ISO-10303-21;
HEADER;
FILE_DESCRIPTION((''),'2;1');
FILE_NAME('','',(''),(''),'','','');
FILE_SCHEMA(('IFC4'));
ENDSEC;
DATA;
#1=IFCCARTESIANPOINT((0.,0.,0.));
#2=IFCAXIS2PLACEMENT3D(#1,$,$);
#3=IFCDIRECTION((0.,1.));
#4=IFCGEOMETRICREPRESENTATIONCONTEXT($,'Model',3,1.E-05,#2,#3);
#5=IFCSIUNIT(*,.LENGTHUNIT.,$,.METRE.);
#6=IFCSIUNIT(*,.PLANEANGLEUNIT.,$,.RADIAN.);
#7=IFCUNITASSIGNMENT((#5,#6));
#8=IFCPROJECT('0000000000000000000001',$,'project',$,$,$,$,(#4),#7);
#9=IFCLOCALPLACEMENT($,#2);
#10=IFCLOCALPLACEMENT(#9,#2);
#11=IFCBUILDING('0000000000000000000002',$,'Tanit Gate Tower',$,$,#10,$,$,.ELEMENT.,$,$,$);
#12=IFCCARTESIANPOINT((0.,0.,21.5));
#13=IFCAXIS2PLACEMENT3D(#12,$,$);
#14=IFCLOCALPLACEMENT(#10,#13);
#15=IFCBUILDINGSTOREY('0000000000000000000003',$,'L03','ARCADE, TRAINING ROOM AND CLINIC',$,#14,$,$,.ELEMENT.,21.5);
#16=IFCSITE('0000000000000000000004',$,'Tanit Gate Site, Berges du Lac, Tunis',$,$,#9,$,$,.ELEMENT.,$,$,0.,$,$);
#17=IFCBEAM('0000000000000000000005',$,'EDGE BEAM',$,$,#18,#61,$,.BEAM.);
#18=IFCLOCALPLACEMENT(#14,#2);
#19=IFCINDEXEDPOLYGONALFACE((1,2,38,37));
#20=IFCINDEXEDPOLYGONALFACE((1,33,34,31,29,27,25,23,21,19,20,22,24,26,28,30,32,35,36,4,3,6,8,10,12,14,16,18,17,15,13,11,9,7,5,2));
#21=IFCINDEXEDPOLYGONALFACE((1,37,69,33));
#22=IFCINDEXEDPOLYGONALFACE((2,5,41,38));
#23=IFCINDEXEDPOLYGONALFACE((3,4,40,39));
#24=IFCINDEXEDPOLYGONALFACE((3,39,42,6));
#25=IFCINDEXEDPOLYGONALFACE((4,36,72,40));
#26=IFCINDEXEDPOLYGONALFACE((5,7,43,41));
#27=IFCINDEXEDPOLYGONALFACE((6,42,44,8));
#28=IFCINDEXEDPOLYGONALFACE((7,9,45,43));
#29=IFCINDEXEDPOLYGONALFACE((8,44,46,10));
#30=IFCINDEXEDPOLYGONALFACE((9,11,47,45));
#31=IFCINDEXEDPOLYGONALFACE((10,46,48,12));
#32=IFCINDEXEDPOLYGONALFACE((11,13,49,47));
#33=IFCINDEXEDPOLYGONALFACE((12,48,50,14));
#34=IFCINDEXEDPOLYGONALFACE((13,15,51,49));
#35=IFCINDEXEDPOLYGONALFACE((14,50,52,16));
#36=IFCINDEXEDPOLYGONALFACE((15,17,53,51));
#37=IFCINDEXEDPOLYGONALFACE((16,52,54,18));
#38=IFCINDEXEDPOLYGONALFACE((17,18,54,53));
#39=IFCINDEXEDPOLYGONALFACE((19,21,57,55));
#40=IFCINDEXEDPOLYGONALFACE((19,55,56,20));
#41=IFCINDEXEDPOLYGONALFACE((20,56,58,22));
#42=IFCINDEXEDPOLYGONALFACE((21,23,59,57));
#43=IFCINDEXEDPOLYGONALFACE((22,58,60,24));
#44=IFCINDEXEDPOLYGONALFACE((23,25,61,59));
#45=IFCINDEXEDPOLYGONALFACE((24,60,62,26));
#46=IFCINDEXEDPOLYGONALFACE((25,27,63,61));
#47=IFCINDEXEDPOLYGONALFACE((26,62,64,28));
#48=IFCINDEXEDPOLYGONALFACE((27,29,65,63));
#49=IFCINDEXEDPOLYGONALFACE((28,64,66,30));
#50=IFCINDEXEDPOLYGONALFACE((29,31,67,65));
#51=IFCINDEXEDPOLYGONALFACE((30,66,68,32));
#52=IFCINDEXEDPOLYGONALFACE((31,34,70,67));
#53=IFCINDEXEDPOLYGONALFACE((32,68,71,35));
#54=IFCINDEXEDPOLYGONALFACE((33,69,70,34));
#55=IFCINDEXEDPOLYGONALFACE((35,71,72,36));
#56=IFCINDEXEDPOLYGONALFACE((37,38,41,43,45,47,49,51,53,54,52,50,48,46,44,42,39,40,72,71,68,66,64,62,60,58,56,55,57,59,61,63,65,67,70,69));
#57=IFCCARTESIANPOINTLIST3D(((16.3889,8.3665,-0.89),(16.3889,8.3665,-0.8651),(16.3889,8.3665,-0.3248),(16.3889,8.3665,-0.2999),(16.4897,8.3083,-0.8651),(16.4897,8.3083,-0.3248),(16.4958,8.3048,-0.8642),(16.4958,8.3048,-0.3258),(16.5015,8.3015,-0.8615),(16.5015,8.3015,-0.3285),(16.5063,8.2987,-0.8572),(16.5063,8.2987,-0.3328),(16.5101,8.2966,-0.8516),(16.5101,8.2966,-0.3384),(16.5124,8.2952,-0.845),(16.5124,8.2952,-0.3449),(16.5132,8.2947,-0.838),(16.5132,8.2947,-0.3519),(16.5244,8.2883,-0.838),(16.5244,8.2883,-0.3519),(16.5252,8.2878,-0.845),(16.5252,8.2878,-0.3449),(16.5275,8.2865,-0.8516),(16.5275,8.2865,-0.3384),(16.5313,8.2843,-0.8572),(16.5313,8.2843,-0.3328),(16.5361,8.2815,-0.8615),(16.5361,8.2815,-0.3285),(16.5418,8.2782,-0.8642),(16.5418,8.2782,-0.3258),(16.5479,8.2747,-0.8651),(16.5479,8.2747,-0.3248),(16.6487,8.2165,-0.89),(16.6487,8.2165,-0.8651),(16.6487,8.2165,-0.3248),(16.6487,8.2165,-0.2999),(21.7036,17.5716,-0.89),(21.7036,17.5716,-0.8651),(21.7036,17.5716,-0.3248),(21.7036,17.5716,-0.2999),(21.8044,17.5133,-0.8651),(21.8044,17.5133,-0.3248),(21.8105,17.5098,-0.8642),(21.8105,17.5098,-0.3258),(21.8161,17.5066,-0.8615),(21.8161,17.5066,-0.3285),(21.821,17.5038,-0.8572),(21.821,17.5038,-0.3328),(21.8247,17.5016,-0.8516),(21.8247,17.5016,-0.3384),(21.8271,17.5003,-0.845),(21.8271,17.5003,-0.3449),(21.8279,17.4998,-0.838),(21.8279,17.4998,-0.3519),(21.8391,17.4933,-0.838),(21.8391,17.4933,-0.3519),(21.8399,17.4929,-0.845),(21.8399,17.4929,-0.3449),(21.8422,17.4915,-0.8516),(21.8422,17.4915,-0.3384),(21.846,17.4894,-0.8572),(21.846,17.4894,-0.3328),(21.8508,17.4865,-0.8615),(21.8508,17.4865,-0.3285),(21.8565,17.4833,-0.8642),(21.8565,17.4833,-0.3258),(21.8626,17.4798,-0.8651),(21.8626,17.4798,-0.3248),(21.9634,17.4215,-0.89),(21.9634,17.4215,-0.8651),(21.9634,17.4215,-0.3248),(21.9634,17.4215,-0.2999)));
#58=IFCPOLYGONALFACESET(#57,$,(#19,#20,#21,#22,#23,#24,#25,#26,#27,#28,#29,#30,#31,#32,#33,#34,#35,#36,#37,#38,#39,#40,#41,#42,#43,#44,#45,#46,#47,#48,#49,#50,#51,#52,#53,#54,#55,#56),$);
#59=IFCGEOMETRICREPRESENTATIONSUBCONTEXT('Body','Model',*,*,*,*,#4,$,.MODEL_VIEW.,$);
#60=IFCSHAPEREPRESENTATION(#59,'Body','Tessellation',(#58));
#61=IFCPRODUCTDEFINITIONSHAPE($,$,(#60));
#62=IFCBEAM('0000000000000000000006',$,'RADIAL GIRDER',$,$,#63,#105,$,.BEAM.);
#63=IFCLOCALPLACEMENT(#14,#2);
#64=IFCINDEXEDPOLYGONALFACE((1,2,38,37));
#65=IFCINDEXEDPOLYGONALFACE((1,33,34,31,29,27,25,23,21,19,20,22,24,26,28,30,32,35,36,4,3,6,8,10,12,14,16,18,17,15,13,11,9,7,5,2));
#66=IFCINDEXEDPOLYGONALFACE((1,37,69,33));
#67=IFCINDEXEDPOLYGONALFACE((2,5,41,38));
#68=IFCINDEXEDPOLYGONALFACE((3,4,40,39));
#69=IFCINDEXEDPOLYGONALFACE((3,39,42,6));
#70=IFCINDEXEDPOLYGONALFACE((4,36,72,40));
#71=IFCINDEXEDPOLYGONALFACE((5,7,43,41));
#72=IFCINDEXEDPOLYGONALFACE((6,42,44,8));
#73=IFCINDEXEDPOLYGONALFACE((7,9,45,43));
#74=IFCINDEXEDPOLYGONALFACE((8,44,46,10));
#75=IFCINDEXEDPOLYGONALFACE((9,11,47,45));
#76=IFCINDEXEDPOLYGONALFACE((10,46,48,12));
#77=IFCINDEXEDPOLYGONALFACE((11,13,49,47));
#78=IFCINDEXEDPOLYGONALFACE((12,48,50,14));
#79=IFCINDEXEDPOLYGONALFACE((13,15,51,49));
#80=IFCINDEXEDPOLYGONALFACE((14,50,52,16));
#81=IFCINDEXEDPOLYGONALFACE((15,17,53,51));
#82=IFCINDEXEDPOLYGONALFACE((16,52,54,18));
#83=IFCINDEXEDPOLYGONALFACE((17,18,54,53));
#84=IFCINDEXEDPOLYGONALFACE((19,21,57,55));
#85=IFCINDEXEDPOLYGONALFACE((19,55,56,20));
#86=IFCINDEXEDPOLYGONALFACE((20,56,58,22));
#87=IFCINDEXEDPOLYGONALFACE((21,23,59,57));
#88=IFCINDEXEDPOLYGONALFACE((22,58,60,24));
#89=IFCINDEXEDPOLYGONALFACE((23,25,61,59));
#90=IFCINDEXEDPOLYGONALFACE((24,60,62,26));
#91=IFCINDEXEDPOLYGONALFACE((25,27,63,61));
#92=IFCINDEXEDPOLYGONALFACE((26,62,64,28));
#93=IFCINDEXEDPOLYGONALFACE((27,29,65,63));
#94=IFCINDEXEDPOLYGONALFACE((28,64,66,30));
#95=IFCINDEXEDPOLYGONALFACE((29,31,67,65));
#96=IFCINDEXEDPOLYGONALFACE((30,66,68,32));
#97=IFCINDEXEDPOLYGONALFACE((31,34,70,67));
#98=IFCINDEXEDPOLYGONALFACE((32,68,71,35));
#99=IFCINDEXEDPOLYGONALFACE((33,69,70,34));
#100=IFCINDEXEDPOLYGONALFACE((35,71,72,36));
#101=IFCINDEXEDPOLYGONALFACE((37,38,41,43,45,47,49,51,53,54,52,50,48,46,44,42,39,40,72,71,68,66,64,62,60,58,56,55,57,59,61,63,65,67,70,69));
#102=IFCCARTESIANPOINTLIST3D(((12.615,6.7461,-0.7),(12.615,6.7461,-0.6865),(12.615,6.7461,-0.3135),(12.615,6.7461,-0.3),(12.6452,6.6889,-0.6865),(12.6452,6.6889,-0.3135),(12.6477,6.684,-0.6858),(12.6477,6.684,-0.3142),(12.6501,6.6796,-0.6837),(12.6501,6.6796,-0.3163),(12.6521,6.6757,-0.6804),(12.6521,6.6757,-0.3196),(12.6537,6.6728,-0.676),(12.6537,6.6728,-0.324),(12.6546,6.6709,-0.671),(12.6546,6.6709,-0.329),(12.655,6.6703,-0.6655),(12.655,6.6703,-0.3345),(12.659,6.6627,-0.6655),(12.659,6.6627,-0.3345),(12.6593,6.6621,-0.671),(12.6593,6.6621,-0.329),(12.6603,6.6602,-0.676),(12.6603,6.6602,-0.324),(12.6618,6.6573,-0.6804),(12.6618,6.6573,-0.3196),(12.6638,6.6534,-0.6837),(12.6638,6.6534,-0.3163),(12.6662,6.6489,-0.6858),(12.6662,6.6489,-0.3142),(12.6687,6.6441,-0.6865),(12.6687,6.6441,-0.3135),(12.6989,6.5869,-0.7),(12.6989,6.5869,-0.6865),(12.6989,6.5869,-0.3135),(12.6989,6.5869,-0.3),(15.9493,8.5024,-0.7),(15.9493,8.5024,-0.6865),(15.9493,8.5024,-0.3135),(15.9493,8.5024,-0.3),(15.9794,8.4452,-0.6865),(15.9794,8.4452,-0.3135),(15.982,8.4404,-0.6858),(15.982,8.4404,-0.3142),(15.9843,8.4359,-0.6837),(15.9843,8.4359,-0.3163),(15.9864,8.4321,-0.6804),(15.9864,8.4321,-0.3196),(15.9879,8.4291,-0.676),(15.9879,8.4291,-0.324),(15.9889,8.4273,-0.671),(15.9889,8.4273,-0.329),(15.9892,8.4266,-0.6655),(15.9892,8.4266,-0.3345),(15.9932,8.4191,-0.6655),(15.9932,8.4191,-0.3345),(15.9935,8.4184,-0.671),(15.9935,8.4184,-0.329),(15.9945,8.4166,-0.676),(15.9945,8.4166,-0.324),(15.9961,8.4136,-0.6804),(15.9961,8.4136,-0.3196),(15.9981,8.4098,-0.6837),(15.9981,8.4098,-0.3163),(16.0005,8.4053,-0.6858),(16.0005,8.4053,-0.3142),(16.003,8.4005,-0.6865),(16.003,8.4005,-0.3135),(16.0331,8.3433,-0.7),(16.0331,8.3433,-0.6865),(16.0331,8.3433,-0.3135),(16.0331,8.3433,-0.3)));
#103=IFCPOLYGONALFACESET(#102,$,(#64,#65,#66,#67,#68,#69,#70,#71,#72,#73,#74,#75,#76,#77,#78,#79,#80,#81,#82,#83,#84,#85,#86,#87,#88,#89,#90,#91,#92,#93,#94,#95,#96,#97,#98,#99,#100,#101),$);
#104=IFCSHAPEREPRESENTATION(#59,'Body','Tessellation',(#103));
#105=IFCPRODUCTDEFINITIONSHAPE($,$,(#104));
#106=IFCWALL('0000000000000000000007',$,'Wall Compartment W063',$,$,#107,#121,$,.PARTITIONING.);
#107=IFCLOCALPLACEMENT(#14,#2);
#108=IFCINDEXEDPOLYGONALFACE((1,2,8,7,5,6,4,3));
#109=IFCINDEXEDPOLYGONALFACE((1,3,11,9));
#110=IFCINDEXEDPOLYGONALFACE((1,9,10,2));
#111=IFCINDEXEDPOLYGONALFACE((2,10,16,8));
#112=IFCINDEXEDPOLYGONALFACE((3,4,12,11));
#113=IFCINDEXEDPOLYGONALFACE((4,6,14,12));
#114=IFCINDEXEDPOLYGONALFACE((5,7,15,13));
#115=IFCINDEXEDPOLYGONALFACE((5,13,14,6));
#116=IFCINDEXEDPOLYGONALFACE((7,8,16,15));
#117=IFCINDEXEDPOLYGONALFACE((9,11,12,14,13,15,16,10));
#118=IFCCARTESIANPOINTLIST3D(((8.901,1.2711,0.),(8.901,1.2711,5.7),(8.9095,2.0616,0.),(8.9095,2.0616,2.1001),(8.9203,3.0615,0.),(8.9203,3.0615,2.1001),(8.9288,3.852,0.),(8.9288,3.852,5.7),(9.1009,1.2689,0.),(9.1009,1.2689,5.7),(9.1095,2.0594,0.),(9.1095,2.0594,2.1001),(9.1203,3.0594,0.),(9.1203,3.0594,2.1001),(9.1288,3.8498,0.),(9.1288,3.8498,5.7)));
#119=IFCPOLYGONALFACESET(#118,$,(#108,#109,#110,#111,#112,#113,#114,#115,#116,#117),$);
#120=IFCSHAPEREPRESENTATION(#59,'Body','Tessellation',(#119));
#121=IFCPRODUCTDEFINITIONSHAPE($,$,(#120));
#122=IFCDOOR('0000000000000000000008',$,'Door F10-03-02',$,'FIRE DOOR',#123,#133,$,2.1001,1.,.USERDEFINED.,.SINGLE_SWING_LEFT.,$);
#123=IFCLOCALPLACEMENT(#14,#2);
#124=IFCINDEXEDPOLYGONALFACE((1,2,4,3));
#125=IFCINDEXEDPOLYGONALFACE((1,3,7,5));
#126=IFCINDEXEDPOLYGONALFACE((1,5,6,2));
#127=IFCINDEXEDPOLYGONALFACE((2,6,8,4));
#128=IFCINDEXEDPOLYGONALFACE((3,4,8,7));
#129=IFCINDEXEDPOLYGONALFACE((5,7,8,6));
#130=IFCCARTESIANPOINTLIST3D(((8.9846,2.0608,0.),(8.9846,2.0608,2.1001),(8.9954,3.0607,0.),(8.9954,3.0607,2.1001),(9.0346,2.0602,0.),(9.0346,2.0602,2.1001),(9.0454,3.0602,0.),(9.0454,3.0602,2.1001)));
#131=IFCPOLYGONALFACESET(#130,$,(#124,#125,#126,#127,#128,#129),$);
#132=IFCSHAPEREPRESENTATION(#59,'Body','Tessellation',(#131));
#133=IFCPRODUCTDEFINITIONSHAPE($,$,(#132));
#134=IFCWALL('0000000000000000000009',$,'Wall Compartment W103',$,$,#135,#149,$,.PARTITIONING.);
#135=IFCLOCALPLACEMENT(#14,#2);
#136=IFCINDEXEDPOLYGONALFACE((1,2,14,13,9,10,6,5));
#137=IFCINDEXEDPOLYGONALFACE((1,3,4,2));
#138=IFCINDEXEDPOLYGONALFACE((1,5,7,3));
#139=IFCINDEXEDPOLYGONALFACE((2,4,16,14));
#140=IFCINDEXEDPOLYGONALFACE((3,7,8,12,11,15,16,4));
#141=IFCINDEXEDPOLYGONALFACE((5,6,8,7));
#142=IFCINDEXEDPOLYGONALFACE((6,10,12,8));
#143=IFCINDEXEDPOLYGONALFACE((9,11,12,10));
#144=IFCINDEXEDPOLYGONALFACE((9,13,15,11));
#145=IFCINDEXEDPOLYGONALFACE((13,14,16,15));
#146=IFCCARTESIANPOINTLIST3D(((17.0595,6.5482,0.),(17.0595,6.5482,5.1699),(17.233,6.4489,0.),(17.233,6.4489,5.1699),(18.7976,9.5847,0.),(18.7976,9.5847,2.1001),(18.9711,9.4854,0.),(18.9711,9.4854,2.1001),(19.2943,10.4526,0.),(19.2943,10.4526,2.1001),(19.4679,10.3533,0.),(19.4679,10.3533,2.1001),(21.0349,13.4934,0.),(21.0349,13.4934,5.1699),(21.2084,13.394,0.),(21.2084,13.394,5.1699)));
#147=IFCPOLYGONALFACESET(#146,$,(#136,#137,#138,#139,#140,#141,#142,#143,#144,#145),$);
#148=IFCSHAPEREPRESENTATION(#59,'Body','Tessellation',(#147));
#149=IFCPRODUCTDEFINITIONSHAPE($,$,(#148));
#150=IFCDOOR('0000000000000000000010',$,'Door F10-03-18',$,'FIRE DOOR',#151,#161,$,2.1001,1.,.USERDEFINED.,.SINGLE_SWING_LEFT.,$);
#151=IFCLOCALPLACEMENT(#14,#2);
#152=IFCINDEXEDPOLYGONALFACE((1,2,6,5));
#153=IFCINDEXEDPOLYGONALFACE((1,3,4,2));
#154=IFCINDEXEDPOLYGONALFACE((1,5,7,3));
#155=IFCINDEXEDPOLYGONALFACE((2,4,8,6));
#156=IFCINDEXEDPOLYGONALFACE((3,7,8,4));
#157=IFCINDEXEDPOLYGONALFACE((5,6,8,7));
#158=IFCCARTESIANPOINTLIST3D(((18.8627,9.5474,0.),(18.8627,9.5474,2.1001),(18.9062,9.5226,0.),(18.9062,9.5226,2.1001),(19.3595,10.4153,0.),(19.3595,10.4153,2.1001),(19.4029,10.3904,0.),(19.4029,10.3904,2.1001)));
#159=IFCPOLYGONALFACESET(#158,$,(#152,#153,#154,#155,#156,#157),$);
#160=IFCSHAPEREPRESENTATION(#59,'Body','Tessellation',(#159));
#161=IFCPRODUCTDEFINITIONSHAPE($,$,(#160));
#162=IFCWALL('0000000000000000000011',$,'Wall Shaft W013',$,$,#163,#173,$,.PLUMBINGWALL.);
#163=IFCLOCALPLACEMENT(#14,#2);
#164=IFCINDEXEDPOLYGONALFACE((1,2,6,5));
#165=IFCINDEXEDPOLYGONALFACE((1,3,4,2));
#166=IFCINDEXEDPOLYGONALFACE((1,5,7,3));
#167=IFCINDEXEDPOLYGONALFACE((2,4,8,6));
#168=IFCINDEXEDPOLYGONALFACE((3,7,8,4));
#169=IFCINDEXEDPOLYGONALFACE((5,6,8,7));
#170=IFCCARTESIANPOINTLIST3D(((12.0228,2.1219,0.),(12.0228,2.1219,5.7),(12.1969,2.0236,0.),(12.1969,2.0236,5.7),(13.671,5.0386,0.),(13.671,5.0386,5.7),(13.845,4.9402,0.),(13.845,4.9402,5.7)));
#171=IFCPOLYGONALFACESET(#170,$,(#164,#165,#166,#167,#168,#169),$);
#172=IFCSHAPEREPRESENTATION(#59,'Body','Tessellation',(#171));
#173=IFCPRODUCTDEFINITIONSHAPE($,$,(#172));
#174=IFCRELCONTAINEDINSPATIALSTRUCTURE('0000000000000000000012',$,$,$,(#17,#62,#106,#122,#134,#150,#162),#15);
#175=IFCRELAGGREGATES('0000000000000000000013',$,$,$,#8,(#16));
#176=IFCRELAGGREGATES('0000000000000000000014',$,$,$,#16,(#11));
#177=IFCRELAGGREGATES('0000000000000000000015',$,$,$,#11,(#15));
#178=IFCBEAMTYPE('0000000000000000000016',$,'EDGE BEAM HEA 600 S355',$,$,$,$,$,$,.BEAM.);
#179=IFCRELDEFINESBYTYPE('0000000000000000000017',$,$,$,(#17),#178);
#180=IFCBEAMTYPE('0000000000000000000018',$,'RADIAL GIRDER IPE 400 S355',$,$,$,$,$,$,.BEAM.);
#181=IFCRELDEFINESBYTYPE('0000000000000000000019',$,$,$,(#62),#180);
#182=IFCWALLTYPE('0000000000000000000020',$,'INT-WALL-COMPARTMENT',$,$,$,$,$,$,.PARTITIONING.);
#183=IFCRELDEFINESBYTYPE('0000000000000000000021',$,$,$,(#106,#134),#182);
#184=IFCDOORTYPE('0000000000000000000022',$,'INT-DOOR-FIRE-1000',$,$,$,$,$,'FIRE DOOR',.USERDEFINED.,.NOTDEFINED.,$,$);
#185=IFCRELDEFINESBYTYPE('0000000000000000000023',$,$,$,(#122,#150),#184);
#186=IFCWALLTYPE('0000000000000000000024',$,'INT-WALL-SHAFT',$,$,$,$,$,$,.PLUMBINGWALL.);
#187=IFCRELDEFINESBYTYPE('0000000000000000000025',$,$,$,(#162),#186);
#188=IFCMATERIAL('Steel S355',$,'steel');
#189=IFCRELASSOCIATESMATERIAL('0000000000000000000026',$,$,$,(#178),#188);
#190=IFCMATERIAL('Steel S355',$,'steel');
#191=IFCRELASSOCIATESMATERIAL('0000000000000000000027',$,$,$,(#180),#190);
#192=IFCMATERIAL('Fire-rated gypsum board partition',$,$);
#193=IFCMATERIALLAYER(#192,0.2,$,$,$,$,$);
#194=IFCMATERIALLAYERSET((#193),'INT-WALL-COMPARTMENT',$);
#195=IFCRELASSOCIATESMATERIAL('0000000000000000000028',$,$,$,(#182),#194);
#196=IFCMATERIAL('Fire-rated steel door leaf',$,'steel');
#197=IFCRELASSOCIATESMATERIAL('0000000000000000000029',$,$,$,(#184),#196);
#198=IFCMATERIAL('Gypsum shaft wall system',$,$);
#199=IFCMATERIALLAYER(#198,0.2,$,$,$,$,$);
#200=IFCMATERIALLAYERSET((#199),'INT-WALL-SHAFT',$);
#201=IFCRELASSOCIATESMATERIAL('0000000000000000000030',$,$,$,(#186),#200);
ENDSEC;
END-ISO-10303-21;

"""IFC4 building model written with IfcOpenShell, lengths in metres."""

from ifc_helpers import new_model, si_unit, direction, frame, frame_2d, origin, origin_2d, place, context, subcontext, project, spatial, rectangle, i_section, extrude, material, layer, layer_set, material_profile, profile_set, type_object, element, fill, save


model = new_model("IFC4")

# Units and contexts
model_context = context("Model", 3, precision=1e-05, world=origin(), true_north=direction((0.0, 1.0)))
body_context = subcontext(model_context, "Body", "Model", "MODEL_VIEW")
ifc_project = project(units=[si_unit("LENGTHUNIT", "METRE"), si_unit("PLANEANGLEUNIT", "RADIAN")], contexts=[model_context])

# Site, building, storey
site_placement = place(None, origin())
site = spatial("IfcSite", under=ifc_project, at=site_placement, Name="Tanit Gate Site, Berges du Lac, Tunis", CompositionType="ELEMENT", RefElevation=0.0)
building_placement = place(site_placement, origin())
building = spatial("IfcBuilding", under=site, at=building_placement, Name="Tanit Gate Tower", CompositionType="ELEMENT")
storey_placement = place(building_placement, frame((0.0, 0.0, 21.5)))
storey = spatial("IfcBuildingStorey", under=building, at=storey_placement, Name="L03", Description="ARCADE, TRAINING ROOM AND CLINIC", CompositionType="ELEMENT", Elevation=21.5)

# Beams
ifc_material_1 = material(Name="Steel S355", Category="steel")
ifc_material_profile_1 = material_profile(ifc_material_1, i_section(OverallWidth=0.3, OverallDepth=0.5901, WebThickness=0.0129, FlangeThickness=0.0249, FilletRadius=0.0271, at=origin_2d()), Name="HEA 600")
ifc_profile_set_1 = profile_set([ifc_material_profile_1], Name="Steel S355")
beam_type_1 = type_object("IfcBeamType", Name="EDGE BEAM HEA 600 S355", PredefinedType="BEAM", material=ifc_profile_set_1)
beam_1_placement = place(storey_placement, frame((16.5188, 8.2915, -0.595), z_axis=(0.50001, 0.86602, 0.0), x_axis=(-0.86602, 0.50001, 0.0)))
element("IfcBeam", 1, at=beam_1_placement, inside=storey, type_object=beam_type_1, Name="EDGE BEAM", PredefinedType="BEAM", context=body_context, shape_type="SweptSolid", body=[
    extrude(i_section(OverallWidth=0.3, OverallDepth=0.5901, WebThickness=0.0129, FlangeThickness=0.0249, FilletRadius=0.0271, at=origin_2d()), origin(), (0.0, 0.0, 1.0), 10.6292),
])
ifc_material_2 = material(Name="Steel S355", Category="steel")
ifc_material_profile_2 = material_profile(ifc_material_2, i_section(OverallWidth=0.1799, OverallDepth=0.3999, WebThickness=0.0085, FlangeThickness=0.0134, FilletRadius=0.021, at=origin_2d()), Name="IPE 400")
ifc_profile_set_2 = profile_set([ifc_material_profile_2], Name="Steel S355")
beam_type_2 = type_object("IfcBeamType", Name="RADIAL GIRDER IPE 400 S355", PredefinedType="BEAM", material=ifc_profile_set_2)
beam_2_placement = place(storey_placement, frame((15.9912, 8.4229, -0.5), z_axis=(-0.884755, -0.466056, 0.0), x_axis=(0.466056, -0.884755, 0.0)))
element("IfcBeam", 2, at=beam_2_placement, inside=storey, type_object=beam_type_2, Name="RADIAL GIRDER", PredefinedType="BEAM", context=body_context, shape_type="SweptSolid", body=[
    extrude(i_section(OverallWidth=0.1799, OverallDepth=0.3999, WebThickness=0.0085, FlangeThickness=0.0134, FilletRadius=0.021, at=origin_2d()), origin(), (0.0, 0.0, 1.0), 3.7686),
])

# Walls, openings, doors
ifc_material_3 = material(Name="Fire-rated gypsum board partition")
ifc_layer_1 = layer(ifc_material_3, 0.2)
ifc_layer_set_1 = layer_set([ifc_layer_1], Name="INT-WALL-COMPARTMENT")
wall_type_1 = type_object("IfcWallType", Name="INT-WALL-COMPARTMENT", PredefinedType="PARTITIONING", material=ifc_layer_set_1)
wall_1_placement = place(storey_placement, frame((9.001, 1.27, 0.0), z_axis=(0.0, 0.0, 1.0), x_axis=(0.010784, 0.999942, 0.0)))
wall_1 = element("IfcWall", 3, at=wall_1_placement, inside=storey, type_object=wall_type_1, Name="Wall Compartment W063", PredefinedType="PARTITIONING", context=body_context, shape_type="SweptSolid", body=[
    extrude(rectangle(XDim=2.5811, YDim=0.2, at=frame_2d((1.2905, 0.0))), origin(), (0.0, 0.0, 1.0), 5.7),
])
opening_1_placement = place(wall_1_placement, frame((0.7905, 0.0, 0.0)))
opening_1 = element("IfcOpeningElement", 4, at=opening_1_placement, cuts=wall_1, PredefinedType="OPENING", context=body_context, shape_type="SweptSolid", body=[
    extrude(rectangle(XDim=1.0, YDim=2.1001, at=frame_2d((0.5, 1.05))), frame((0.0, 0.1099, 0.0), z_axis=(0.0, -1.0, 0.0), x_axis=(1.0, 0.0, 0.0)), (0.0, 0.0, 1.0), 0.22),
])
ifc_material_4 = material(Name="Fire-rated steel door leaf", Category="steel")
door_type_1 = type_object("IfcDoorType", Name="INT-DOOR-FIRE-1000", ElementType="FIRE DOOR", OperationType="NOTDEFINED", PredefinedType="USERDEFINED", material=ifc_material_4)
door_1_placement = place(opening_1_placement, origin())
door_1 = element("IfcDoor", 5, at=door_1_placement, inside=storey, type_object=door_type_1, Name="Door F10-03-02", ObjectType="FIRE DOOR", OperationType="SINGLE_SWING_LEFT", OverallHeight=2.1001, OverallWidth=1.0, PredefinedType="USERDEFINED", context=body_context, shape_type="SweptSolid", body=[
    extrude(rectangle(XDim=1.0, YDim=2.1001, at=frame_2d((0.5, 1.05))), frame((0.0, 0.0249, 0.0), z_axis=(0.0, -1.0, 0.0), x_axis=(1.0, 0.0, 0.0)), (0.0, 0.0, 1.0), 0.05),
])
fill(opening_1, door_1)
wall_2_placement = place(storey_placement, frame((17.1462, 6.4985, 0.0), z_axis=(0.0, 0.0, 1.0), x_axis=(0.496773, 0.867881, 0.0)))
wall_2 = element("IfcWall", 6, at=wall_2_placement, inside=storey, type_object=wall_type_1, Name="Wall Compartment W103", PredefinedType="PARTITIONING", context=body_context, shape_type="SweptSolid", body=[
    extrude(rectangle(XDim=8.0024, YDim=0.2, at=frame_2d((4.0012, 0.0))), origin(), (0.0, 0.0, 1.0), 5.1699),
])
opening_2_placement = place(wall_2_placement, frame((3.4988, 0.0, 0.0)))
opening_2 = element("IfcOpeningElement", 7, at=opening_2_placement, cuts=wall_2, PredefinedType="OPENING", context=body_context, shape_type="SweptSolid", body=[
    extrude(rectangle(XDim=1.0, YDim=2.1001, at=frame_2d((0.5, 1.05))), frame((0.0, 0.1099, 0.0), z_axis=(0.0, -1.0, 0.0), x_axis=(1.0, 0.0, 0.0)), (0.0, 0.0, 1.0), 0.22),
])
door_2_placement = place(opening_2_placement, origin())
door_2 = element("IfcDoor", 8, at=door_2_placement, inside=storey, type_object=door_type_1, Name="Door F10-03-18", ObjectType="FIRE DOOR", OperationType="SINGLE_SWING_LEFT", OverallHeight=2.1001, OverallWidth=1.0, PredefinedType="USERDEFINED", context=body_context, shape_type="SweptSolid", body=[
    extrude(rectangle(XDim=1.0, YDim=2.1001, at=frame_2d((0.5, 1.05))), frame((0.0, 0.0249, 0.0), z_axis=(0.0, -1.0, 0.0), x_axis=(1.0, 0.0, 0.0)), (0.0, 0.0, 1.0), 0.05),
])
fill(opening_2, door_2)

# Wall
ifc_material_5 = material(Name="Gypsum shaft wall system")
ifc_layer_2 = layer(ifc_material_5, 0.2)
ifc_layer_set_2 = layer_set([ifc_layer_2], Name="INT-WALL-SHAFT")
wall_type_2 = type_object("IfcWallType", Name="INT-WALL-SHAFT", PredefinedType="PLUMBINGWALL", material=ifc_layer_set_2)
wall_3_placement = place(storey_placement, frame((12.1099, 2.0728, 0.0), z_axis=(0.0, 0.0, 1.0), x_axis=(0.491966, 0.870614, 0.0)))
element("IfcWall", 9, at=wall_3_placement, inside=storey, type_object=wall_type_2, Name="Wall Shaft W013", PredefinedType="PLUMBINGWALL", context=body_context, shape_type="SweptSolid", body=[
    extrude(rectangle(XDim=3.3501, YDim=0.2, at=frame_2d((1.675, 0.0))), origin(), (0.0, 0.0, 1.0), 5.7),
])

save(model, "model.ifc")
